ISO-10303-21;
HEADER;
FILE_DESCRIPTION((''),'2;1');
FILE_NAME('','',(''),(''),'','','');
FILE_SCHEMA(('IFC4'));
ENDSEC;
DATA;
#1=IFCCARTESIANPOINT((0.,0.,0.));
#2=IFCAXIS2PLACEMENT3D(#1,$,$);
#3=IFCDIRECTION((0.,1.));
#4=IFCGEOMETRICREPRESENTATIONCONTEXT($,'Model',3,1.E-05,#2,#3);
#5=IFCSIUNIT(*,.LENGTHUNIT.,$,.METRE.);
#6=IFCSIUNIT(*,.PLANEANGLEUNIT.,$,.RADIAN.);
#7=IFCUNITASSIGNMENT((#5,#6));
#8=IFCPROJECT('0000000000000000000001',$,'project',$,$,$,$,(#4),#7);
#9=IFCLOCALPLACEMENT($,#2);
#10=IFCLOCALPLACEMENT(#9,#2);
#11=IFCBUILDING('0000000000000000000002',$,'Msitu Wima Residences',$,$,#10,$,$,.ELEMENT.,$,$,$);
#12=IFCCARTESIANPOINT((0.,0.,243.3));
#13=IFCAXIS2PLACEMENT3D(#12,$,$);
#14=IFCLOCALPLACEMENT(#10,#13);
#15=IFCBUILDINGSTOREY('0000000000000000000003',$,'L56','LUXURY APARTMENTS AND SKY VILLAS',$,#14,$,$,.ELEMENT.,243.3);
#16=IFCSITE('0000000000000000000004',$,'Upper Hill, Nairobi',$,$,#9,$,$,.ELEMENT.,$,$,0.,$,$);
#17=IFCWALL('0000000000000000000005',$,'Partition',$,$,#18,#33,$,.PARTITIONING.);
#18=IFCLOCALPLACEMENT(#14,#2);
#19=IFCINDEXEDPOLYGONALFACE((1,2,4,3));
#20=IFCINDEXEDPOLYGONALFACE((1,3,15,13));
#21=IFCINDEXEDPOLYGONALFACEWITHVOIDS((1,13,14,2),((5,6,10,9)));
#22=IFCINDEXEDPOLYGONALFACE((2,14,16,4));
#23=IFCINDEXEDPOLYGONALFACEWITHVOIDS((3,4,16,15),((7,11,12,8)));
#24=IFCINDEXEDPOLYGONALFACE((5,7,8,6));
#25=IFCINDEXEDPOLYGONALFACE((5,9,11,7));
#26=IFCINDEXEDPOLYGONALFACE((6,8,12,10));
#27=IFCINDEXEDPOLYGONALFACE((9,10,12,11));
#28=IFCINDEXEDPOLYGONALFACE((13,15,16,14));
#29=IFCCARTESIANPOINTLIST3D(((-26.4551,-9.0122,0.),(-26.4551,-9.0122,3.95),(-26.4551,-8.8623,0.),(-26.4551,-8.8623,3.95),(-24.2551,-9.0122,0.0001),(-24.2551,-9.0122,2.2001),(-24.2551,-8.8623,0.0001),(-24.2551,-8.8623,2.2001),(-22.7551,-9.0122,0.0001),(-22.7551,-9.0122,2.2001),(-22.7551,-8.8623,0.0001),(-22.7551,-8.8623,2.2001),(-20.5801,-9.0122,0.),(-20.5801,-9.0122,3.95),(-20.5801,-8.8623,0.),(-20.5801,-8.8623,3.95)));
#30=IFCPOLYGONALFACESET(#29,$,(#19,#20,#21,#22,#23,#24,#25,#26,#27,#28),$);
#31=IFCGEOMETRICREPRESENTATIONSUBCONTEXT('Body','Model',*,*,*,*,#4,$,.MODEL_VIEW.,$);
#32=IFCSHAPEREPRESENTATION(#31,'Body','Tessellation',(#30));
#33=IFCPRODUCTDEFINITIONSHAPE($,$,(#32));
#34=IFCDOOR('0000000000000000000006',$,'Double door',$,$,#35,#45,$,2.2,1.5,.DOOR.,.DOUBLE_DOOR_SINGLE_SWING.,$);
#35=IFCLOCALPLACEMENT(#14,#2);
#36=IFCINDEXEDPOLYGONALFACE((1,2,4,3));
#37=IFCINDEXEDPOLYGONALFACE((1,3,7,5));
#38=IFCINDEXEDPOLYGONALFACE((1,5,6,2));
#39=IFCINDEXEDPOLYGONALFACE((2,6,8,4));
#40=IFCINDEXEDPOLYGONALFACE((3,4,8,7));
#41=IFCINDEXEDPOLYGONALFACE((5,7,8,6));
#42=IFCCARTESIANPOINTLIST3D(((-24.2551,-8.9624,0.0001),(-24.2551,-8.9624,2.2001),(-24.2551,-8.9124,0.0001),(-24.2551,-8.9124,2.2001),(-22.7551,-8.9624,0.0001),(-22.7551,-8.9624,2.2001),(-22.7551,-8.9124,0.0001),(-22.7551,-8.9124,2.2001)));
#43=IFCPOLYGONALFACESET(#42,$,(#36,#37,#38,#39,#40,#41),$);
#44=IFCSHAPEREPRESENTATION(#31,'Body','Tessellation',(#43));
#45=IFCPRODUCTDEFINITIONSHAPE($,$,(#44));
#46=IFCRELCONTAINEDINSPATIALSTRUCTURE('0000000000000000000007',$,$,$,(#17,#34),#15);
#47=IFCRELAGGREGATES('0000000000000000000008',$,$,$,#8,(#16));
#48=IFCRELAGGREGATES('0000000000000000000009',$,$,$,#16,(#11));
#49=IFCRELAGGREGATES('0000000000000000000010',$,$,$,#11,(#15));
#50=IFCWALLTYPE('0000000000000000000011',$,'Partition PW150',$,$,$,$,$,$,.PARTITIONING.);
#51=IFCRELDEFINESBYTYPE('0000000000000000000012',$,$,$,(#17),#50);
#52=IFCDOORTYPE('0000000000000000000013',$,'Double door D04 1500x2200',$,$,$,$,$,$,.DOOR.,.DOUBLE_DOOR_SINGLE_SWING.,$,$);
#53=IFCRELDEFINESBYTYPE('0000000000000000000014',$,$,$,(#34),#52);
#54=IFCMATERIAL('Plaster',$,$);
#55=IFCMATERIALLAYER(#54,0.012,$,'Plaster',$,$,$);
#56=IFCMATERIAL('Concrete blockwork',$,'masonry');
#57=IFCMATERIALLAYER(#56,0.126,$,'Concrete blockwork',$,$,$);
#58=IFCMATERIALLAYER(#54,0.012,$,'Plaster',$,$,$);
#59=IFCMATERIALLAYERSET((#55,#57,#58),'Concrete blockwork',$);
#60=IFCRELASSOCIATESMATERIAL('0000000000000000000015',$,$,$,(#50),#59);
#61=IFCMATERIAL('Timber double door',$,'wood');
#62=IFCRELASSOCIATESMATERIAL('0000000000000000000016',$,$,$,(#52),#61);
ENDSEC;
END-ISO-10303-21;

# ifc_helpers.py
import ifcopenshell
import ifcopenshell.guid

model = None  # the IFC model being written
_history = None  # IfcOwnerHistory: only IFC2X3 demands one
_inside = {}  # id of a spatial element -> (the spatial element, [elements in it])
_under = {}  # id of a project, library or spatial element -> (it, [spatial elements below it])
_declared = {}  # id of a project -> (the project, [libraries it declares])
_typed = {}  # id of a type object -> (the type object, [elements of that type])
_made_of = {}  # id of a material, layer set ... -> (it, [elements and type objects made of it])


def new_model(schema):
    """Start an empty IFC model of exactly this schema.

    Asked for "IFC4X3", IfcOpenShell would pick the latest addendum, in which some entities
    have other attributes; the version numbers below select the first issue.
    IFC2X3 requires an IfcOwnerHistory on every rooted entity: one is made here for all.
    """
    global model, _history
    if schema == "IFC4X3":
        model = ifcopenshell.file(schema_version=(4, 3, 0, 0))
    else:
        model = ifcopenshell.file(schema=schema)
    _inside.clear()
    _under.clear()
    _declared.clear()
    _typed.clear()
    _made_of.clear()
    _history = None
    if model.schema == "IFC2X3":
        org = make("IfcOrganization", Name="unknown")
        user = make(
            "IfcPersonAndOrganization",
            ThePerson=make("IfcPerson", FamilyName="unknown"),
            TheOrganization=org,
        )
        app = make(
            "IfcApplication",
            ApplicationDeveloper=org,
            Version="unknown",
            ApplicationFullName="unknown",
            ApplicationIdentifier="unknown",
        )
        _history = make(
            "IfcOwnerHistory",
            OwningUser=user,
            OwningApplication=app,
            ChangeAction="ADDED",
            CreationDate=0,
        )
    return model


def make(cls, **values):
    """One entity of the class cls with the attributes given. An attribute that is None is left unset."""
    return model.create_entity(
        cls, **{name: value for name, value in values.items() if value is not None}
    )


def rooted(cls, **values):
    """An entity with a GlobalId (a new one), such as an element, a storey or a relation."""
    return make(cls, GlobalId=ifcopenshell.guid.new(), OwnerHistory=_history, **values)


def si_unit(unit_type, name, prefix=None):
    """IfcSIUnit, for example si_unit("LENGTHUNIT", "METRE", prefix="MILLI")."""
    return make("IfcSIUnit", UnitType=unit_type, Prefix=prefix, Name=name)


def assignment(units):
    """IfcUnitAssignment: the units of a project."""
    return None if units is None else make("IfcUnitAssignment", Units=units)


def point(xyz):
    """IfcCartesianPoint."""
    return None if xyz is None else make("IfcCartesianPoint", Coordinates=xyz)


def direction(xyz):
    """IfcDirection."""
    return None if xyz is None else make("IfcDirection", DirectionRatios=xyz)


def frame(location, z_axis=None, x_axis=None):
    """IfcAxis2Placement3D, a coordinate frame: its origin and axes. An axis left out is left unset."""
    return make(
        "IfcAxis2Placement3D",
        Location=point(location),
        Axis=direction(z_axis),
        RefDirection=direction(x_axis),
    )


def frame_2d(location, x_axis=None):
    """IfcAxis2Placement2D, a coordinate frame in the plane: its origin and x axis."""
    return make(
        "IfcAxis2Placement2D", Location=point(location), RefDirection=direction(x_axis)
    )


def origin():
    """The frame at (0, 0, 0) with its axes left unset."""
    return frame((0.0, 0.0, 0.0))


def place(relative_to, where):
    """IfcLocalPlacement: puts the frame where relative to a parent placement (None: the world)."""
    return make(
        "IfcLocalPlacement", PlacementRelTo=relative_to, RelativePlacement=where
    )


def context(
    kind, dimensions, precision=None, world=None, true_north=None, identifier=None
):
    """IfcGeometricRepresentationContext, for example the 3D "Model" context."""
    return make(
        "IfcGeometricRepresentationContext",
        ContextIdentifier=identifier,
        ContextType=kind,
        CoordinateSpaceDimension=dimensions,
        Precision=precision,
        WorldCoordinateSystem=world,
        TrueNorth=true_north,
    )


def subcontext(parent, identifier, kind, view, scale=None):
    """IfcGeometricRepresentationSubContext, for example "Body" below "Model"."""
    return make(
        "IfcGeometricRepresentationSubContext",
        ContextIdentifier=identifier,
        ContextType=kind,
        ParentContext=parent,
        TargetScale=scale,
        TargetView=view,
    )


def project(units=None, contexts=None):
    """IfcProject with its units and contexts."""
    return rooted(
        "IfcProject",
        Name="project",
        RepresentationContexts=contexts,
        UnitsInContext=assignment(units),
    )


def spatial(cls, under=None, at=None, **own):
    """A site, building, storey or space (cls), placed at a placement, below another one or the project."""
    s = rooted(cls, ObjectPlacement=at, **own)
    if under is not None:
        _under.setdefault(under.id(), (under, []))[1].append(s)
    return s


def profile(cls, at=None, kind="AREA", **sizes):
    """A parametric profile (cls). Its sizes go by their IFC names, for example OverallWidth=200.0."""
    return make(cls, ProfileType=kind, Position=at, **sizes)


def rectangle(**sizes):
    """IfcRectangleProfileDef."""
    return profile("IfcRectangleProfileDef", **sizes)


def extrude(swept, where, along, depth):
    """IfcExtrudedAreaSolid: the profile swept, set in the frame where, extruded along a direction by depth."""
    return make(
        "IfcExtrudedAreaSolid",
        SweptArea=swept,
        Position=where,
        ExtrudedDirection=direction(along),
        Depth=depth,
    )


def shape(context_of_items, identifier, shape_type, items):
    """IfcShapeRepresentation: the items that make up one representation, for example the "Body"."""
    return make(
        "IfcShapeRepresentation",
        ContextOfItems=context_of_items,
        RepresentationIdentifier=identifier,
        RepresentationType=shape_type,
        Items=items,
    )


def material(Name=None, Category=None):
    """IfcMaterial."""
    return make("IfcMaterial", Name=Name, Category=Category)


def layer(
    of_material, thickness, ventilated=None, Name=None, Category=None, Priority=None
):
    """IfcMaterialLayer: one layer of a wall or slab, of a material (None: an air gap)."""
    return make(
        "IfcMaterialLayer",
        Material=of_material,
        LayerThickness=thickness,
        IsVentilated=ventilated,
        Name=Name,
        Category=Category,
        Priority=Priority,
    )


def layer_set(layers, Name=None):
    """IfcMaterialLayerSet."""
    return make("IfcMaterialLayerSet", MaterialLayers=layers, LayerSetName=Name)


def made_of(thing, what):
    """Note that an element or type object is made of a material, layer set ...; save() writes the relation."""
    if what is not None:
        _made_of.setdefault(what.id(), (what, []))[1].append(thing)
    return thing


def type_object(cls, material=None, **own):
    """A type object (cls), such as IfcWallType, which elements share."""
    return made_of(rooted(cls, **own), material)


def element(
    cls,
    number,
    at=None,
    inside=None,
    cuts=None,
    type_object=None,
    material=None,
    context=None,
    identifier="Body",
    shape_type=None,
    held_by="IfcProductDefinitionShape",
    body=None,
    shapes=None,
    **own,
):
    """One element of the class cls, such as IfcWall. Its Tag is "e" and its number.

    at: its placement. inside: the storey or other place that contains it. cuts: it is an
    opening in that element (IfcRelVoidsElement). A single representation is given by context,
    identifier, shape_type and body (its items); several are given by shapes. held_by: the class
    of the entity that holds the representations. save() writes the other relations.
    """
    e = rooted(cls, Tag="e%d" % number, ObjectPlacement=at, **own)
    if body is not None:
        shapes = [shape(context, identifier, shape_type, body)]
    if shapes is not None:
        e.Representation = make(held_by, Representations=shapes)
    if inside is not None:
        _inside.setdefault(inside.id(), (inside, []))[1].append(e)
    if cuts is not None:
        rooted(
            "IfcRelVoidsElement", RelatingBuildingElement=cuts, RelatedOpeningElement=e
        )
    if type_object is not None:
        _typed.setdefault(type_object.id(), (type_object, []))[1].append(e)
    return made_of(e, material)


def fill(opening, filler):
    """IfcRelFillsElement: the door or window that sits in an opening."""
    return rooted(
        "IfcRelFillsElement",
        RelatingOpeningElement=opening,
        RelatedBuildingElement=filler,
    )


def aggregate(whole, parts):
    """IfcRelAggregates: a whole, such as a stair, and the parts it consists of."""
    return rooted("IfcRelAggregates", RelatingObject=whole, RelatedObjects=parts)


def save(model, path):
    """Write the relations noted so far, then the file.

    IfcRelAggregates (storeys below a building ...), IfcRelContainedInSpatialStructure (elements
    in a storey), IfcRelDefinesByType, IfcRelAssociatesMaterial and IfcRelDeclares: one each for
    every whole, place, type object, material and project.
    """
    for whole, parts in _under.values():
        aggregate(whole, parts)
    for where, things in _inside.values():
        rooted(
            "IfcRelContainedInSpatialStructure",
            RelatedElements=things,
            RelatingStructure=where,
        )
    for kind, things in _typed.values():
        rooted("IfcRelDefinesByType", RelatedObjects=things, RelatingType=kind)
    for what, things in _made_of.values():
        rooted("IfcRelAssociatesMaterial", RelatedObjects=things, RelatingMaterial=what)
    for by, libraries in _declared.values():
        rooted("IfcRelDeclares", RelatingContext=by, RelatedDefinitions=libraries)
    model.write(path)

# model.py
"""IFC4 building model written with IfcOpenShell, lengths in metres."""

from ifc_helpers import new_model, si_unit, direction, frame, frame_2d, origin, place, context, subcontext, project, spatial, rectangle, extrude, material, layer, layer_set, type_object, element, fill, save


model = new_model("IFC4")

# Units and contexts
model_context = context("Model", 3, precision=1e-05, world=origin(), true_north=direction((0.0, 1.0)))
body_context = subcontext(model_context, "Body", "Model", "MODEL_VIEW")
ifc_project = project(units=[si_unit("LENGTHUNIT", "METRE"), si_unit("PLANEANGLEUNIT", "RADIAN")], contexts=[model_context])

# Site, building, storey
site_placement = place(None, origin())
site = spatial("IfcSite", under=ifc_project, at=site_placement, Name="Upper Hill, Nairobi", CompositionType="ELEMENT", RefElevation=0.0)
building_placement = place(site_placement, origin())
building = spatial("IfcBuilding", under=site, at=building_placement, Name="Msitu Wima Residences", CompositionType="ELEMENT")
storey_placement = place(building_placement, frame((0.0, 0.0, 243.3)))
storey = spatial("IfcBuildingStorey", under=building, at=storey_placement, Name="L56", Description="LUXURY APARTMENTS AND SKY VILLAS", CompositionType="ELEMENT", Elevation=243.3)

# Wall, opening, door
ifc_material_1 = material(Name="Plaster")
ifc_layer_1 = layer(ifc_material_1, 0.012, Name="Plaster")
ifc_material_2 = material(Name="Concrete blockwork", Category="masonry")
ifc_layer_2 = layer(ifc_material_2, 0.126, Name="Concrete blockwork")
ifc_layer_3 = layer(ifc_material_1, 0.012, Name="Plaster")
ifc_layer_set_1 = layer_set([ifc_layer_1, ifc_layer_2, ifc_layer_3], Name="Concrete blockwork")
wall_type_1 = type_object("IfcWallType", Name="Partition PW150", PredefinedType="PARTITIONING", material=ifc_layer_set_1)
wall_1_placement = place(storey_placement, frame((-26.4551, -8.9373, 0.0), z_axis=(0.0, 0.0, 1.0), x_axis=(1.0, 0.0, 0.0)))
wall_1 = element("IfcWall", 1, at=wall_1_placement, inside=storey, type_object=wall_type_1, Name="Partition", PredefinedType="PARTITIONING", context=body_context, shape_type="SweptSolid", body=[
    extrude(rectangle(XDim=5.875, YDim=0.1499, at=frame_2d((2.9375, 0.0))), origin(), (0.0, 0.0, 1.0), 3.95),
])
opening_1_placement = place(wall_1_placement, frame((2.2, 0.0, 0.0)))
opening_1 = element("IfcOpeningElement", 2, at=opening_1_placement, cuts=wall_1, PredefinedType="OPENING", context=body_context, shape_type="SweptSolid", body=[
    extrude(rectangle(XDim=1.5, YDim=2.2, at=frame_2d((0.75, 1.1001))), frame((0.0, 0.085, 0.0), z_axis=(0.0, -1.0, 0.0), x_axis=(1.0, 0.0, 0.0)), (0.0, 0.0, 1.0), 0.1699),
])
ifc_material_3 = material(Name="Timber double door", Category="wood")
door_type_1 = type_object("IfcDoorType", Name="Double door D04 1500x2200", OperationType="DOUBLE_DOOR_SINGLE_SWING", PredefinedType="DOOR", material=ifc_material_3)
door_1_placement = place(opening_1_placement, origin())
door_1 = element("IfcDoor", 3, at=door_1_placement, inside=storey, type_object=door_type_1, Name="Double door", OperationType="DOUBLE_DOOR_SINGLE_SWING", OverallHeight=2.2, OverallWidth=1.5, PredefinedType="DOOR", context=body_context, shape_type="SweptSolid", body=[
    extrude(rectangle(XDim=1.5, YDim=2.2, at=frame_2d((0.75, 1.1001))), frame((0.0, 0.0249, 0.0), z_axis=(0.0, -1.0, 0.0), x_axis=(1.0, 0.0, 0.0)), (0.0, 0.0, 1.0), 0.05),
])
fill(opening_1, door_1)

save(model, "model.ifc")
